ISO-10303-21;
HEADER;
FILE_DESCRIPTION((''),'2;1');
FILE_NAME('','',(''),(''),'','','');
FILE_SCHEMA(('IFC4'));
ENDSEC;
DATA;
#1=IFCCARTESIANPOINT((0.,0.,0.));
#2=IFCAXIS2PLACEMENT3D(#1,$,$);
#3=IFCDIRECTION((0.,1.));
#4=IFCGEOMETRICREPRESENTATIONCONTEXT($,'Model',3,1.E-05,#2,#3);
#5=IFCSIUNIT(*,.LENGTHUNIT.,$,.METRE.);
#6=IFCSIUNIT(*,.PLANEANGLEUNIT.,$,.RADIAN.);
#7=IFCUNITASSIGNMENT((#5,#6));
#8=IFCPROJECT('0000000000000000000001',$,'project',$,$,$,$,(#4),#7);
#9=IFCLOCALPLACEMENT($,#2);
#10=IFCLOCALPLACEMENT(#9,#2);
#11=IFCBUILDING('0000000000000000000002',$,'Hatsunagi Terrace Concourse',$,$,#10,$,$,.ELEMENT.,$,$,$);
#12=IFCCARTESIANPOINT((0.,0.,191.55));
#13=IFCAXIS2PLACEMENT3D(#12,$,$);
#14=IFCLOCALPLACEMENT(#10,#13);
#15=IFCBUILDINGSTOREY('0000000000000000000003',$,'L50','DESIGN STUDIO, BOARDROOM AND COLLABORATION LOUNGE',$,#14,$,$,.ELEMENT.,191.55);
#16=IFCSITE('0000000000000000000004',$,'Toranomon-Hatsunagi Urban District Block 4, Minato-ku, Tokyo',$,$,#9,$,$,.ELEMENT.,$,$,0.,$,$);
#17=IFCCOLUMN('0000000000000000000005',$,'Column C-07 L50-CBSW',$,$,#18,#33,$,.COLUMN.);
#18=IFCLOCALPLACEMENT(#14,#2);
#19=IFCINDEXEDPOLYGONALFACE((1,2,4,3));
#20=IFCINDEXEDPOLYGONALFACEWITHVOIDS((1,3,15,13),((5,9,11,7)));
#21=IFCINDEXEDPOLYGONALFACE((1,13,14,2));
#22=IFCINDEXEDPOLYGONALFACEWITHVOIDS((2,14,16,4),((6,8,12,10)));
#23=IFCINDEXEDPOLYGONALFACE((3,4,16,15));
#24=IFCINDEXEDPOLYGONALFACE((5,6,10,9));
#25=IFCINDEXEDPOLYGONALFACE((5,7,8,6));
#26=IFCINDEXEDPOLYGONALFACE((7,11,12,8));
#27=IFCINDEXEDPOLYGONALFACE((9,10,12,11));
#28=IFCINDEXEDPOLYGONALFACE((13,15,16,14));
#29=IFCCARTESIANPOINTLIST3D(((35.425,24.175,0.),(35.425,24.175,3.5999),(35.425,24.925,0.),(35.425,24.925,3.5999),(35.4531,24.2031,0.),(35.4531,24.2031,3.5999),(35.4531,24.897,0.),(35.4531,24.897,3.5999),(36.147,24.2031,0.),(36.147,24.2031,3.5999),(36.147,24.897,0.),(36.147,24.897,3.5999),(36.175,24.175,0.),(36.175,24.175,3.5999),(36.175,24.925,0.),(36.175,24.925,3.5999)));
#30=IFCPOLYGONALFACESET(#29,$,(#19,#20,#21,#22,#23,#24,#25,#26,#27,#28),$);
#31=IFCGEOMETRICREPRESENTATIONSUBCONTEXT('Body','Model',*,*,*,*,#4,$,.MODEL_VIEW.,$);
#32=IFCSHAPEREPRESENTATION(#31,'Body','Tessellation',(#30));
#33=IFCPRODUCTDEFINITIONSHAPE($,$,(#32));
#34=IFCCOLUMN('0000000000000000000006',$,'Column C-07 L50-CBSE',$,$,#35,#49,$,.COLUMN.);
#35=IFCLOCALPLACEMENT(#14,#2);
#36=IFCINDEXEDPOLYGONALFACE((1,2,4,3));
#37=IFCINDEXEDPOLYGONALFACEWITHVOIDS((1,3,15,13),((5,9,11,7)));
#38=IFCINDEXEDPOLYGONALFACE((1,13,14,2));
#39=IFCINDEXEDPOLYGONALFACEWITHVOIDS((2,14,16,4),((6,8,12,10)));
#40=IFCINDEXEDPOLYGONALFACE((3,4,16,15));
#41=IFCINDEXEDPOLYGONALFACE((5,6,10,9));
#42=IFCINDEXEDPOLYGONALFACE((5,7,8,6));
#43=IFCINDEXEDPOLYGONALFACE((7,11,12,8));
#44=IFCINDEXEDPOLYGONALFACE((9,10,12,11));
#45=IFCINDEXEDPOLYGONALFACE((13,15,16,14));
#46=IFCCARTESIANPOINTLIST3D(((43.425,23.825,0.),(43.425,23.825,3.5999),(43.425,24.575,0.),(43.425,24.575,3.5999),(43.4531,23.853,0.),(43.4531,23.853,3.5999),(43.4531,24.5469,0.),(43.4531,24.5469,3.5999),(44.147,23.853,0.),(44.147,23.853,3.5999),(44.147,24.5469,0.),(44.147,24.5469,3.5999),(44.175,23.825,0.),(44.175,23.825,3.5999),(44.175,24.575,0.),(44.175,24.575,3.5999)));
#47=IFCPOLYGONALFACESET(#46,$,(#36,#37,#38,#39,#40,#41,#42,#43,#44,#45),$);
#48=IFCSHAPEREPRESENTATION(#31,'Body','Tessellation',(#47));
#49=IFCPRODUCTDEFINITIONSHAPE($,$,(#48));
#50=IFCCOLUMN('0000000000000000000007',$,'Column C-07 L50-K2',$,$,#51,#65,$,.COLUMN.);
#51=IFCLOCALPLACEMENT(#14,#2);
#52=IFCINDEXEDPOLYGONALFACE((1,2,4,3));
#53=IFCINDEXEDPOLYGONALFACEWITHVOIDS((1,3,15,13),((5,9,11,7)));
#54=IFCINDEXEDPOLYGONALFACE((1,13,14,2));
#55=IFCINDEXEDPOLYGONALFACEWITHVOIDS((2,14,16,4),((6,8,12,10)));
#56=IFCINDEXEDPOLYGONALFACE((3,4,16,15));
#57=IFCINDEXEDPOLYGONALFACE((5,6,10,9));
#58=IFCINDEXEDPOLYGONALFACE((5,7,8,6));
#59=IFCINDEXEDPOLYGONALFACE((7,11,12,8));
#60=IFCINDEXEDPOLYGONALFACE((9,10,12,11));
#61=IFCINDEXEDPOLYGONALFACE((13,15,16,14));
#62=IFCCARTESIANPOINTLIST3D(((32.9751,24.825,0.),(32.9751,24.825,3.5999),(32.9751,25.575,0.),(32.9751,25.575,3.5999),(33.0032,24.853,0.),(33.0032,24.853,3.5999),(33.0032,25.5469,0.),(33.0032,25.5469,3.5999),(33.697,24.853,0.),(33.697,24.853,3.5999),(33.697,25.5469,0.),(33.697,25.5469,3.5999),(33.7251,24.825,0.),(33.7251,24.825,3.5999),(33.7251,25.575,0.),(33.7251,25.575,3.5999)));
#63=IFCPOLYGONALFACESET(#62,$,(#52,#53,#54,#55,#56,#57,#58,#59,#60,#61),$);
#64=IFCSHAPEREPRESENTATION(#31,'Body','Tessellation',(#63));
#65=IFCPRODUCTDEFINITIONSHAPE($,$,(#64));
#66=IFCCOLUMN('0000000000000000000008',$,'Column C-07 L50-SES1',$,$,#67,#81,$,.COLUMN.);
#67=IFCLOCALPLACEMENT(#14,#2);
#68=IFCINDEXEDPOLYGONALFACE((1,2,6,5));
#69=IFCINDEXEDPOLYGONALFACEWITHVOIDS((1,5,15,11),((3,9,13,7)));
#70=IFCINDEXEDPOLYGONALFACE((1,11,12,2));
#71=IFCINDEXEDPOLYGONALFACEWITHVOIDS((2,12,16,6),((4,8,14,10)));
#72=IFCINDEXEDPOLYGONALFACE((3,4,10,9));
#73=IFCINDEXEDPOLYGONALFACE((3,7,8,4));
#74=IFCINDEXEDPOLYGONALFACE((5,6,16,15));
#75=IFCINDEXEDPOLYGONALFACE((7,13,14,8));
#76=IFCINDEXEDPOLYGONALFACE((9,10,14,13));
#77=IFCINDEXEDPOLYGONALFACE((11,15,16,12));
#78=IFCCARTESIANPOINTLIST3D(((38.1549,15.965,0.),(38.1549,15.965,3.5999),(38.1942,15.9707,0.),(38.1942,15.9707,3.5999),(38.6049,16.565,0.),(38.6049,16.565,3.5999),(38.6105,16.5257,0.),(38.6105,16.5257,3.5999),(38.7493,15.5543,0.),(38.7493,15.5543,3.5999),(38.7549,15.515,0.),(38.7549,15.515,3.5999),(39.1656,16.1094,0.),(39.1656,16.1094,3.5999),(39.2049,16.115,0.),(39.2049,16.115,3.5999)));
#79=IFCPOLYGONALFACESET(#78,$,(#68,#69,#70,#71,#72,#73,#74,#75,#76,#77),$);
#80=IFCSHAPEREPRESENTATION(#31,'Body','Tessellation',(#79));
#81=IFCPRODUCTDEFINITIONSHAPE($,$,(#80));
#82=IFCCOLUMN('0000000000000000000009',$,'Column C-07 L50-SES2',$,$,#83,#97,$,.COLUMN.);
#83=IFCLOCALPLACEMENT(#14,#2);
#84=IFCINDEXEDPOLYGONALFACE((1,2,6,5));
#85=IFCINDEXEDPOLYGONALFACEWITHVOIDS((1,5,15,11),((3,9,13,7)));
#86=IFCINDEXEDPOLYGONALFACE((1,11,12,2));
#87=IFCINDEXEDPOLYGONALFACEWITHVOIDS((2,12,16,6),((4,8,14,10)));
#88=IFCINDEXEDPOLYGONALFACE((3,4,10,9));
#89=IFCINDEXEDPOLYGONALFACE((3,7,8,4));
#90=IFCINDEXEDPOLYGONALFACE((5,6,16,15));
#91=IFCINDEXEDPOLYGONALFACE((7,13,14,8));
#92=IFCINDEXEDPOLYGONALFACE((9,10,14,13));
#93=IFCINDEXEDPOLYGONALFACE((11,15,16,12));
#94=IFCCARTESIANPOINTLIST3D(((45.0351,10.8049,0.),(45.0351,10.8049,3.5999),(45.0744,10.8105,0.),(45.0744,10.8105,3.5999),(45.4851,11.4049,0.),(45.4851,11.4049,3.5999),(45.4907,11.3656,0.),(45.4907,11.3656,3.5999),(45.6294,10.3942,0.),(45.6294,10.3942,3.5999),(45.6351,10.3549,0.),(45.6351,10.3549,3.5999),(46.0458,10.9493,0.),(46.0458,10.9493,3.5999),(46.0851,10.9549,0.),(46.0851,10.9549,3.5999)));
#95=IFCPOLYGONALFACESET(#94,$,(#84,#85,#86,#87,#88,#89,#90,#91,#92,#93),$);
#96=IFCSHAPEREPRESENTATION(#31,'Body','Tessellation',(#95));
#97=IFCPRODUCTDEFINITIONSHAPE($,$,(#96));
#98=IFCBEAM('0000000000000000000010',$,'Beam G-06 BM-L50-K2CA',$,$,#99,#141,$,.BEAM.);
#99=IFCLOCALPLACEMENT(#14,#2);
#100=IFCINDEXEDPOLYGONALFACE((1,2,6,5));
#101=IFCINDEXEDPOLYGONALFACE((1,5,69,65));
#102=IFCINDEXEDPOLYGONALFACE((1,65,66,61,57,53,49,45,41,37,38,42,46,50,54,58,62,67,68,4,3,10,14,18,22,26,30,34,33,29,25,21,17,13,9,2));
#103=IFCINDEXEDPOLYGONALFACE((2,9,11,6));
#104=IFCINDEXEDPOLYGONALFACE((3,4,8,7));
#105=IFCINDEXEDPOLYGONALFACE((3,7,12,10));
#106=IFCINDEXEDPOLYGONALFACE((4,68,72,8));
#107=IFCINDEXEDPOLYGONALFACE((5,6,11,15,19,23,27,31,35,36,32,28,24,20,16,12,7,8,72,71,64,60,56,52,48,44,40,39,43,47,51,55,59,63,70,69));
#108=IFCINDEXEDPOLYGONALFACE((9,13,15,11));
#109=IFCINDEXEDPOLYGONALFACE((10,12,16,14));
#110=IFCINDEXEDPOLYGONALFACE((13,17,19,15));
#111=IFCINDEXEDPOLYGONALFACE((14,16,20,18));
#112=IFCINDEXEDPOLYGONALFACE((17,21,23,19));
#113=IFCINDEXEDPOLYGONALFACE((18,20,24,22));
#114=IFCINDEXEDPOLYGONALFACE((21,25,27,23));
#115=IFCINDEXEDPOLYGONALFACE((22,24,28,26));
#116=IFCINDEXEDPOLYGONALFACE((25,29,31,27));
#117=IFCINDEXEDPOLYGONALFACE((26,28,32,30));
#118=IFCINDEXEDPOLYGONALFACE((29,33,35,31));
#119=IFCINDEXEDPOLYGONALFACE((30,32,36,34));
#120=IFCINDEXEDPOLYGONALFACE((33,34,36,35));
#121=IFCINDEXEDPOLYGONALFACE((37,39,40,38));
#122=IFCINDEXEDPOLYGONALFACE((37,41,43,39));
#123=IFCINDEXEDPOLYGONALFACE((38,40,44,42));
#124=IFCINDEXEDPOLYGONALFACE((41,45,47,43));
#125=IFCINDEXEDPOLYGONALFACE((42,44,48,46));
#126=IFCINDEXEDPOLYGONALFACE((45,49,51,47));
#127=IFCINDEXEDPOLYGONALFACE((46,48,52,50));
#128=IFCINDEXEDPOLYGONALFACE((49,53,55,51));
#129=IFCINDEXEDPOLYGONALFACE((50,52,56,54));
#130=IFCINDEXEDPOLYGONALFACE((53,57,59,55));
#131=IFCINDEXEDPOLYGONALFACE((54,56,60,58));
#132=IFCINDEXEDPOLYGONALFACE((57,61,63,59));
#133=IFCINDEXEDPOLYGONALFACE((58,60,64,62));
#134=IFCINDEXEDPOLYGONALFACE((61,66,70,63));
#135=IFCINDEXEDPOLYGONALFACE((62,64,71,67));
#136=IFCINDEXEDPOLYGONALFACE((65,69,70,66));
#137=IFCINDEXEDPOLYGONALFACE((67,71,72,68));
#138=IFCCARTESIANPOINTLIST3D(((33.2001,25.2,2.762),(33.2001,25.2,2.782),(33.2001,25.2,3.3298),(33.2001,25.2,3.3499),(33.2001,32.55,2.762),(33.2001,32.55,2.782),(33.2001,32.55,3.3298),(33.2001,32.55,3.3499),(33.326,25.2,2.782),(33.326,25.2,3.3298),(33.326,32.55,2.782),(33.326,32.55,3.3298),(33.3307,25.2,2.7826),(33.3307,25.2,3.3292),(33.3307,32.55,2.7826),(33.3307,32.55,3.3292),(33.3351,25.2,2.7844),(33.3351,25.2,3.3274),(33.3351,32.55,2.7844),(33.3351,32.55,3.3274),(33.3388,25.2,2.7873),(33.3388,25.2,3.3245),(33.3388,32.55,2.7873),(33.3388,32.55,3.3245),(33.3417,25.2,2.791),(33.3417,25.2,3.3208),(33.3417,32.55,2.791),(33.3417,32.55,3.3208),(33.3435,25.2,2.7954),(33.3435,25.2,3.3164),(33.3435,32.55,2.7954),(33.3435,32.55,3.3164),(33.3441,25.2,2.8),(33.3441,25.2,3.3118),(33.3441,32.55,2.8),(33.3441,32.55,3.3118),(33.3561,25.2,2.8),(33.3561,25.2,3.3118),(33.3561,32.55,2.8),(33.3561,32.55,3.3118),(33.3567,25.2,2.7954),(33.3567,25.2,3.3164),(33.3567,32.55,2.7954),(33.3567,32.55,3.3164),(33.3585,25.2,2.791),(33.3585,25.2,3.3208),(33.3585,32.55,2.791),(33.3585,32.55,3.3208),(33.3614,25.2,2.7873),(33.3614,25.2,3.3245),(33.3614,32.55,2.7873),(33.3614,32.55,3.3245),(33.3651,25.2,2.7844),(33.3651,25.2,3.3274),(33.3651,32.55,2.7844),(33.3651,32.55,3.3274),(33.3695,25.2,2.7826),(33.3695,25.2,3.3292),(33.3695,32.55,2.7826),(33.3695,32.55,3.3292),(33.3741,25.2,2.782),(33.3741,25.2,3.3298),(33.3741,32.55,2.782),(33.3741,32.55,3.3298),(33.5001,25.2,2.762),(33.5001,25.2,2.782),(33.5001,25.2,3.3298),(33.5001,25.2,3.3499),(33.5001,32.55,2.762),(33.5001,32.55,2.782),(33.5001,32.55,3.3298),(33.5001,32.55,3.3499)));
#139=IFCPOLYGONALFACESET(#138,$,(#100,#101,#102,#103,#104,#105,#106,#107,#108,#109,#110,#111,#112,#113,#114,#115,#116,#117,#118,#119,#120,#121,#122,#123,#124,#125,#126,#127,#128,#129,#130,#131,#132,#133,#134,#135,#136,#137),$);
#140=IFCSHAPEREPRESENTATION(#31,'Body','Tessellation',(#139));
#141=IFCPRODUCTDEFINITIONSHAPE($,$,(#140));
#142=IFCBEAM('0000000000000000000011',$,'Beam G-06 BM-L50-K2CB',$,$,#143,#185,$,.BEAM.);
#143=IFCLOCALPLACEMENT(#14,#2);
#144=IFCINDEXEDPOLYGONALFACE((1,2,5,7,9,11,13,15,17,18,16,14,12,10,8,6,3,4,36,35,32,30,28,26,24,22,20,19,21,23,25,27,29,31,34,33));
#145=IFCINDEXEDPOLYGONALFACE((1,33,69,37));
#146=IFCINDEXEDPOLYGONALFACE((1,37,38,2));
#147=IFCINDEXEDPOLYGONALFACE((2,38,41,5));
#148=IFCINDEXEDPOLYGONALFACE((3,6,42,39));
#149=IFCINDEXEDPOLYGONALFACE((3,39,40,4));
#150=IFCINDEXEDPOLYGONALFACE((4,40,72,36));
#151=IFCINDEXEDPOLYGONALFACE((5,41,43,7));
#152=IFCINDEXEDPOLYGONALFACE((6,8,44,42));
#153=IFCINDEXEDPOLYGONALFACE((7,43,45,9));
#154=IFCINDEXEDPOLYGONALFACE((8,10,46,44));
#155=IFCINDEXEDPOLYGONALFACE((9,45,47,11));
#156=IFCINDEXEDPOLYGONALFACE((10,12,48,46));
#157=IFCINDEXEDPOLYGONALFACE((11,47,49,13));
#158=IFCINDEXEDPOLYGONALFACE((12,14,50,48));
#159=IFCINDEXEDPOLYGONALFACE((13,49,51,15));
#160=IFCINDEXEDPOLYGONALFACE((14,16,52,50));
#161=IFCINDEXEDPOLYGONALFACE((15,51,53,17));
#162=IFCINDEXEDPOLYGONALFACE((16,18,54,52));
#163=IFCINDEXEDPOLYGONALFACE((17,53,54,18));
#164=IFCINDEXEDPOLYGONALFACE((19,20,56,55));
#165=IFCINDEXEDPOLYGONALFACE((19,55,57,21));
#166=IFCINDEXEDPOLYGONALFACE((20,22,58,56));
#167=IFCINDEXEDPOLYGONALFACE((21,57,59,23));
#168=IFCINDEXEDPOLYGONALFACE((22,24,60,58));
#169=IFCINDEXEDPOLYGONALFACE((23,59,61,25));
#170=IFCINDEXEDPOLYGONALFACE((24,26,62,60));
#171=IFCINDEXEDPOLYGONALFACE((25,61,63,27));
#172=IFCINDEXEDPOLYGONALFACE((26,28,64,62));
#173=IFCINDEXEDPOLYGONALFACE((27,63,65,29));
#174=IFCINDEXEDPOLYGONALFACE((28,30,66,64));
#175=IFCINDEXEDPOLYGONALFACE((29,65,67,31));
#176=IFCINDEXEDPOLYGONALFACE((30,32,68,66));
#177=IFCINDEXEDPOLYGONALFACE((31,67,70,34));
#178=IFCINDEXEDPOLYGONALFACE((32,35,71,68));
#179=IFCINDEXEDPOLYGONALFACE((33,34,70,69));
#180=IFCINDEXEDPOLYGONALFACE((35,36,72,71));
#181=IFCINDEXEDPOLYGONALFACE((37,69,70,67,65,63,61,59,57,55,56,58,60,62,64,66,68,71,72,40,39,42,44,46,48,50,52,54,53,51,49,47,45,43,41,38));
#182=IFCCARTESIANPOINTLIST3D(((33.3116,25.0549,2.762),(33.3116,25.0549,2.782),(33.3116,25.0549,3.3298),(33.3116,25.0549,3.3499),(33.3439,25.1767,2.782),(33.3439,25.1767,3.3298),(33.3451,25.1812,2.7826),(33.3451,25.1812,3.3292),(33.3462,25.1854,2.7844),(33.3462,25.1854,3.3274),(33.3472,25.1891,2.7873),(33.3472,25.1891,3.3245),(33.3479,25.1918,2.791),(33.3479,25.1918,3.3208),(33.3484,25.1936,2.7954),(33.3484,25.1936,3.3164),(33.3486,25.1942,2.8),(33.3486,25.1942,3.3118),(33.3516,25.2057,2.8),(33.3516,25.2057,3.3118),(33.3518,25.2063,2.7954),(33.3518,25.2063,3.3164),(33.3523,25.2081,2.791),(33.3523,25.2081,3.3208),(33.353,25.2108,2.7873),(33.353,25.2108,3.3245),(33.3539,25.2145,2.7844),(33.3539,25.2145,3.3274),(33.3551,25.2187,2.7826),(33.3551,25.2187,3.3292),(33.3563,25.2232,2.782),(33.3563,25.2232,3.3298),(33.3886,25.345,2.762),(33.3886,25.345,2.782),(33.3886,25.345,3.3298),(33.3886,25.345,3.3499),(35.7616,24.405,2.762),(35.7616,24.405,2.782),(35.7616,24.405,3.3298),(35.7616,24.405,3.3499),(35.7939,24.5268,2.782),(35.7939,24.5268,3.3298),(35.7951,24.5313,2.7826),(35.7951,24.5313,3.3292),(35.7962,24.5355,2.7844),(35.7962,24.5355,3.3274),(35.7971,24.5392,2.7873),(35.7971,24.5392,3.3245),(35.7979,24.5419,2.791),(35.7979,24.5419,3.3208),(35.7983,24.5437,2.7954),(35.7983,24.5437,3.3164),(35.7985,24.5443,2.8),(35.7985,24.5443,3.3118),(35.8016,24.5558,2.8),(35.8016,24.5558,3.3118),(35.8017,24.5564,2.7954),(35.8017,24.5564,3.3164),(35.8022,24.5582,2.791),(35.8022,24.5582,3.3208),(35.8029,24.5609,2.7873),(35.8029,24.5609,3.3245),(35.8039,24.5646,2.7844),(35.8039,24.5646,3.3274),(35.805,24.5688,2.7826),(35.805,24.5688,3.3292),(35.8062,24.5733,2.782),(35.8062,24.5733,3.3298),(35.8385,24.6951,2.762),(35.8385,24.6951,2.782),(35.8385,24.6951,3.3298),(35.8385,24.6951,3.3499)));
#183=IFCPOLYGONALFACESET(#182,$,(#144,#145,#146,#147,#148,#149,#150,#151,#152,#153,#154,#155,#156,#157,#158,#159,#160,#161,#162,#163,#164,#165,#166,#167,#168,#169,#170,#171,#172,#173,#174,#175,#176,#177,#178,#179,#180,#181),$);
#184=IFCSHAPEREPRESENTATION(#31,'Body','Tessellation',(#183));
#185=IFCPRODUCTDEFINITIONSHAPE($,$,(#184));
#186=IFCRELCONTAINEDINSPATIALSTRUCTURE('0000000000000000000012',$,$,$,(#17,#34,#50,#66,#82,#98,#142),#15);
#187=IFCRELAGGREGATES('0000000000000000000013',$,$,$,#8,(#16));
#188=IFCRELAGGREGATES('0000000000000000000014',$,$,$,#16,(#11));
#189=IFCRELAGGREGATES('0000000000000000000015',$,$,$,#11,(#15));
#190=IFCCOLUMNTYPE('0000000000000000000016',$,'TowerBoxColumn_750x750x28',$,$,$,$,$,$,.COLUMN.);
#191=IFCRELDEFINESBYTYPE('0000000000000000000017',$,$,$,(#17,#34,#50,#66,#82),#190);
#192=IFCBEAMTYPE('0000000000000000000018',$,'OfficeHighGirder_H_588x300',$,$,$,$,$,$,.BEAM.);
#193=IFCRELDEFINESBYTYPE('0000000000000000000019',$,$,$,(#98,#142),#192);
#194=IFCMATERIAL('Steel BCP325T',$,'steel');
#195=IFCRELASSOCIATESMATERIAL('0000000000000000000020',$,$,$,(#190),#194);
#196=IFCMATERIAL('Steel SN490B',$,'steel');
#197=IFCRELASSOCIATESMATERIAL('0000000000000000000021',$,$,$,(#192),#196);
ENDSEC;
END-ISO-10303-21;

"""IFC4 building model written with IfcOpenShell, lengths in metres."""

from ifc_helpers import new_model, si_unit, direction, frame, origin, origin_2d, place, context, subcontext, project, spatial, hollow_rectangle, i_section, extrude, material, material_profile, profile_set, type_object, element, save


model = new_model("IFC4")

# Units and contexts
model_context = context("Model", 3, precision=1e-05, world=origin(), true_north=direction((0.0, 1.0)))
body_context = subcontext(model_context, "Body", "Model", "MODEL_VIEW")
ifc_project = project(units=[si_unit("LENGTHUNIT", "METRE"), si_unit("PLANEANGLEUNIT", "RADIAN")], contexts=[model_context])

# Site, building, storey
site_placement = place(None, origin())
site = spatial("IfcSite", under=ifc_project, at=site_placement, Name="Toranomon-Hatsunagi Urban District Block 4, Minato-ku, Tokyo", CompositionType="ELEMENT", RefElevation=0.0)
building_placement = place(site_placement, origin())
building = spatial("IfcBuilding", under=site, at=building_placement, Name="Hatsunagi Terrace Concourse", CompositionType="ELEMENT")
storey_placement = place(building_placement, frame((0.0, 0.0, 191.55)))
storey = spatial("IfcBuildingStorey", under=building, at=storey_placement, Name="L50", Description="DESIGN STUDIO, BOARDROOM AND COLLABORATION LOUNGE", CompositionType="ELEMENT", Elevation=191.55)

# Columns
ifc_material_1 = material(Name="Steel BCP325T", Category="steel")
ifc_material_profile_1 = material_profile(ifc_material_1, hollow_rectangle(XDim=0.75, YDim=0.75, WallThickness=0.0281, at=origin_2d()), Name="BCP-750x750x28")
ifc_profile_set_1 = profile_set([ifc_material_profile_1], Name="Steel BCP325T")
column_type = type_object("IfcColumnType", Name="TowerBoxColumn_750x750x28", PredefinedType="COLUMN", material=ifc_profile_set_1)
for number, where, z_axis, x_axis, name in (
    (1, (35.8, 24.55, 0.0), (0.0, 0.0, 1.0), (1.0, 0.0, 0.0), "Column C-07 L50-CBSW"),
    (2, (43.8, 24.2, 0.0), (0.0, 0.0, 1.0), (1.0, 0.0, 0.0), "Column C-07 L50-CBSE"),
    (3, (33.3501, 25.2, 0.0), (0.0, 0.0, 1.0), (1.0, 0.0, 0.0), "Column C-07 L50-K2"),
    (4, (38.6799, 16.04, 0.0), (0.0, 0.0, 1.0), (0.8, -0.6, 0.0), "Column C-07 L50-SES1"),
    (5, (45.5601, 10.8799, 0.0), (0.0, 0.0, 1.0), (0.8, -0.6, 0.0), "Column C-07 L50-SES2"),
):
    element("IfcColumn", number, at=place(storey_placement, frame(where, z_axis=z_axis, x_axis=x_axis)), inside=storey, type_object=column_type, Name=name, PredefinedType="COLUMN", context=body_context, shape_type="SweptSolid", body=[
        extrude(hollow_rectangle(XDim=0.75, YDim=0.75, WallThickness=0.0281, at=origin_2d()), origin(), (0.0, 0.0, 1.0), 3.5999),
    ])

# Beams
ifc_material_2 = material(Name="Steel SN490B", Category="steel")
ifc_material_profile_2 = material_profile(ifc_material_2, i_section(OverallWidth=0.3, OverallDepth=0.5879, WebThickness=0.012, FlangeThickness=0.02, FilletRadius=0.0181, at=origin_2d()), Name="H-588x300x12x20")
ifc_profile_set_2 = profile_set([ifc_material_profile_2], Name="Steel SN490B")
beam_type_1 = type_object("IfcBeamType", Name="OfficeHighGirder_H_588x300", PredefinedType="BEAM", material=ifc_profile_set_2)
beam_1_placement = place(storey_placement, frame((33.3501, 25.2, 3.0559), z_axis=(0.0, 1.0, 0.0), x_axis=(-1.0, 0.0, 0.0)))
element("IfcBeam", 6, at=beam_1_placement, inside=storey, type_object=beam_type_1, Name="Beam G-06 BM-L50-K2CA", PredefinedType="BEAM", context=body_context, shape_type="SweptSolid", body=[
    extrude(i_section(OverallWidth=0.3, OverallDepth=0.5879, WebThickness=0.012, FlangeThickness=0.02, FilletRadius=0.0181, at=origin_2d()), origin(), (0.0, 0.0, 1.0), 7.3501),
])
beam_2_placement = place(storey_placement, frame((33.3501, 25.2, 3.0559), z_axis=(0.96657, -0.256403, 0.0), x_axis=(0.256403, 0.96657, 0.0)))
element("IfcBeam", 7, at=beam_2_placement, inside=storey, type_object=beam_type_1, Name="Beam G-06 BM-L50-K2CB", PredefinedType="BEAM", context=body_context, shape_type="SweptSolid", body=[
    extrude(i_section(OverallWidth=0.3, OverallDepth=0.5879, WebThickness=0.012, FlangeThickness=0.02, FilletRadius=0.0181, at=origin_2d()), origin(), (0.0, 0.0, 1.0), 2.5347),
])

save(model, "model.ifc")
